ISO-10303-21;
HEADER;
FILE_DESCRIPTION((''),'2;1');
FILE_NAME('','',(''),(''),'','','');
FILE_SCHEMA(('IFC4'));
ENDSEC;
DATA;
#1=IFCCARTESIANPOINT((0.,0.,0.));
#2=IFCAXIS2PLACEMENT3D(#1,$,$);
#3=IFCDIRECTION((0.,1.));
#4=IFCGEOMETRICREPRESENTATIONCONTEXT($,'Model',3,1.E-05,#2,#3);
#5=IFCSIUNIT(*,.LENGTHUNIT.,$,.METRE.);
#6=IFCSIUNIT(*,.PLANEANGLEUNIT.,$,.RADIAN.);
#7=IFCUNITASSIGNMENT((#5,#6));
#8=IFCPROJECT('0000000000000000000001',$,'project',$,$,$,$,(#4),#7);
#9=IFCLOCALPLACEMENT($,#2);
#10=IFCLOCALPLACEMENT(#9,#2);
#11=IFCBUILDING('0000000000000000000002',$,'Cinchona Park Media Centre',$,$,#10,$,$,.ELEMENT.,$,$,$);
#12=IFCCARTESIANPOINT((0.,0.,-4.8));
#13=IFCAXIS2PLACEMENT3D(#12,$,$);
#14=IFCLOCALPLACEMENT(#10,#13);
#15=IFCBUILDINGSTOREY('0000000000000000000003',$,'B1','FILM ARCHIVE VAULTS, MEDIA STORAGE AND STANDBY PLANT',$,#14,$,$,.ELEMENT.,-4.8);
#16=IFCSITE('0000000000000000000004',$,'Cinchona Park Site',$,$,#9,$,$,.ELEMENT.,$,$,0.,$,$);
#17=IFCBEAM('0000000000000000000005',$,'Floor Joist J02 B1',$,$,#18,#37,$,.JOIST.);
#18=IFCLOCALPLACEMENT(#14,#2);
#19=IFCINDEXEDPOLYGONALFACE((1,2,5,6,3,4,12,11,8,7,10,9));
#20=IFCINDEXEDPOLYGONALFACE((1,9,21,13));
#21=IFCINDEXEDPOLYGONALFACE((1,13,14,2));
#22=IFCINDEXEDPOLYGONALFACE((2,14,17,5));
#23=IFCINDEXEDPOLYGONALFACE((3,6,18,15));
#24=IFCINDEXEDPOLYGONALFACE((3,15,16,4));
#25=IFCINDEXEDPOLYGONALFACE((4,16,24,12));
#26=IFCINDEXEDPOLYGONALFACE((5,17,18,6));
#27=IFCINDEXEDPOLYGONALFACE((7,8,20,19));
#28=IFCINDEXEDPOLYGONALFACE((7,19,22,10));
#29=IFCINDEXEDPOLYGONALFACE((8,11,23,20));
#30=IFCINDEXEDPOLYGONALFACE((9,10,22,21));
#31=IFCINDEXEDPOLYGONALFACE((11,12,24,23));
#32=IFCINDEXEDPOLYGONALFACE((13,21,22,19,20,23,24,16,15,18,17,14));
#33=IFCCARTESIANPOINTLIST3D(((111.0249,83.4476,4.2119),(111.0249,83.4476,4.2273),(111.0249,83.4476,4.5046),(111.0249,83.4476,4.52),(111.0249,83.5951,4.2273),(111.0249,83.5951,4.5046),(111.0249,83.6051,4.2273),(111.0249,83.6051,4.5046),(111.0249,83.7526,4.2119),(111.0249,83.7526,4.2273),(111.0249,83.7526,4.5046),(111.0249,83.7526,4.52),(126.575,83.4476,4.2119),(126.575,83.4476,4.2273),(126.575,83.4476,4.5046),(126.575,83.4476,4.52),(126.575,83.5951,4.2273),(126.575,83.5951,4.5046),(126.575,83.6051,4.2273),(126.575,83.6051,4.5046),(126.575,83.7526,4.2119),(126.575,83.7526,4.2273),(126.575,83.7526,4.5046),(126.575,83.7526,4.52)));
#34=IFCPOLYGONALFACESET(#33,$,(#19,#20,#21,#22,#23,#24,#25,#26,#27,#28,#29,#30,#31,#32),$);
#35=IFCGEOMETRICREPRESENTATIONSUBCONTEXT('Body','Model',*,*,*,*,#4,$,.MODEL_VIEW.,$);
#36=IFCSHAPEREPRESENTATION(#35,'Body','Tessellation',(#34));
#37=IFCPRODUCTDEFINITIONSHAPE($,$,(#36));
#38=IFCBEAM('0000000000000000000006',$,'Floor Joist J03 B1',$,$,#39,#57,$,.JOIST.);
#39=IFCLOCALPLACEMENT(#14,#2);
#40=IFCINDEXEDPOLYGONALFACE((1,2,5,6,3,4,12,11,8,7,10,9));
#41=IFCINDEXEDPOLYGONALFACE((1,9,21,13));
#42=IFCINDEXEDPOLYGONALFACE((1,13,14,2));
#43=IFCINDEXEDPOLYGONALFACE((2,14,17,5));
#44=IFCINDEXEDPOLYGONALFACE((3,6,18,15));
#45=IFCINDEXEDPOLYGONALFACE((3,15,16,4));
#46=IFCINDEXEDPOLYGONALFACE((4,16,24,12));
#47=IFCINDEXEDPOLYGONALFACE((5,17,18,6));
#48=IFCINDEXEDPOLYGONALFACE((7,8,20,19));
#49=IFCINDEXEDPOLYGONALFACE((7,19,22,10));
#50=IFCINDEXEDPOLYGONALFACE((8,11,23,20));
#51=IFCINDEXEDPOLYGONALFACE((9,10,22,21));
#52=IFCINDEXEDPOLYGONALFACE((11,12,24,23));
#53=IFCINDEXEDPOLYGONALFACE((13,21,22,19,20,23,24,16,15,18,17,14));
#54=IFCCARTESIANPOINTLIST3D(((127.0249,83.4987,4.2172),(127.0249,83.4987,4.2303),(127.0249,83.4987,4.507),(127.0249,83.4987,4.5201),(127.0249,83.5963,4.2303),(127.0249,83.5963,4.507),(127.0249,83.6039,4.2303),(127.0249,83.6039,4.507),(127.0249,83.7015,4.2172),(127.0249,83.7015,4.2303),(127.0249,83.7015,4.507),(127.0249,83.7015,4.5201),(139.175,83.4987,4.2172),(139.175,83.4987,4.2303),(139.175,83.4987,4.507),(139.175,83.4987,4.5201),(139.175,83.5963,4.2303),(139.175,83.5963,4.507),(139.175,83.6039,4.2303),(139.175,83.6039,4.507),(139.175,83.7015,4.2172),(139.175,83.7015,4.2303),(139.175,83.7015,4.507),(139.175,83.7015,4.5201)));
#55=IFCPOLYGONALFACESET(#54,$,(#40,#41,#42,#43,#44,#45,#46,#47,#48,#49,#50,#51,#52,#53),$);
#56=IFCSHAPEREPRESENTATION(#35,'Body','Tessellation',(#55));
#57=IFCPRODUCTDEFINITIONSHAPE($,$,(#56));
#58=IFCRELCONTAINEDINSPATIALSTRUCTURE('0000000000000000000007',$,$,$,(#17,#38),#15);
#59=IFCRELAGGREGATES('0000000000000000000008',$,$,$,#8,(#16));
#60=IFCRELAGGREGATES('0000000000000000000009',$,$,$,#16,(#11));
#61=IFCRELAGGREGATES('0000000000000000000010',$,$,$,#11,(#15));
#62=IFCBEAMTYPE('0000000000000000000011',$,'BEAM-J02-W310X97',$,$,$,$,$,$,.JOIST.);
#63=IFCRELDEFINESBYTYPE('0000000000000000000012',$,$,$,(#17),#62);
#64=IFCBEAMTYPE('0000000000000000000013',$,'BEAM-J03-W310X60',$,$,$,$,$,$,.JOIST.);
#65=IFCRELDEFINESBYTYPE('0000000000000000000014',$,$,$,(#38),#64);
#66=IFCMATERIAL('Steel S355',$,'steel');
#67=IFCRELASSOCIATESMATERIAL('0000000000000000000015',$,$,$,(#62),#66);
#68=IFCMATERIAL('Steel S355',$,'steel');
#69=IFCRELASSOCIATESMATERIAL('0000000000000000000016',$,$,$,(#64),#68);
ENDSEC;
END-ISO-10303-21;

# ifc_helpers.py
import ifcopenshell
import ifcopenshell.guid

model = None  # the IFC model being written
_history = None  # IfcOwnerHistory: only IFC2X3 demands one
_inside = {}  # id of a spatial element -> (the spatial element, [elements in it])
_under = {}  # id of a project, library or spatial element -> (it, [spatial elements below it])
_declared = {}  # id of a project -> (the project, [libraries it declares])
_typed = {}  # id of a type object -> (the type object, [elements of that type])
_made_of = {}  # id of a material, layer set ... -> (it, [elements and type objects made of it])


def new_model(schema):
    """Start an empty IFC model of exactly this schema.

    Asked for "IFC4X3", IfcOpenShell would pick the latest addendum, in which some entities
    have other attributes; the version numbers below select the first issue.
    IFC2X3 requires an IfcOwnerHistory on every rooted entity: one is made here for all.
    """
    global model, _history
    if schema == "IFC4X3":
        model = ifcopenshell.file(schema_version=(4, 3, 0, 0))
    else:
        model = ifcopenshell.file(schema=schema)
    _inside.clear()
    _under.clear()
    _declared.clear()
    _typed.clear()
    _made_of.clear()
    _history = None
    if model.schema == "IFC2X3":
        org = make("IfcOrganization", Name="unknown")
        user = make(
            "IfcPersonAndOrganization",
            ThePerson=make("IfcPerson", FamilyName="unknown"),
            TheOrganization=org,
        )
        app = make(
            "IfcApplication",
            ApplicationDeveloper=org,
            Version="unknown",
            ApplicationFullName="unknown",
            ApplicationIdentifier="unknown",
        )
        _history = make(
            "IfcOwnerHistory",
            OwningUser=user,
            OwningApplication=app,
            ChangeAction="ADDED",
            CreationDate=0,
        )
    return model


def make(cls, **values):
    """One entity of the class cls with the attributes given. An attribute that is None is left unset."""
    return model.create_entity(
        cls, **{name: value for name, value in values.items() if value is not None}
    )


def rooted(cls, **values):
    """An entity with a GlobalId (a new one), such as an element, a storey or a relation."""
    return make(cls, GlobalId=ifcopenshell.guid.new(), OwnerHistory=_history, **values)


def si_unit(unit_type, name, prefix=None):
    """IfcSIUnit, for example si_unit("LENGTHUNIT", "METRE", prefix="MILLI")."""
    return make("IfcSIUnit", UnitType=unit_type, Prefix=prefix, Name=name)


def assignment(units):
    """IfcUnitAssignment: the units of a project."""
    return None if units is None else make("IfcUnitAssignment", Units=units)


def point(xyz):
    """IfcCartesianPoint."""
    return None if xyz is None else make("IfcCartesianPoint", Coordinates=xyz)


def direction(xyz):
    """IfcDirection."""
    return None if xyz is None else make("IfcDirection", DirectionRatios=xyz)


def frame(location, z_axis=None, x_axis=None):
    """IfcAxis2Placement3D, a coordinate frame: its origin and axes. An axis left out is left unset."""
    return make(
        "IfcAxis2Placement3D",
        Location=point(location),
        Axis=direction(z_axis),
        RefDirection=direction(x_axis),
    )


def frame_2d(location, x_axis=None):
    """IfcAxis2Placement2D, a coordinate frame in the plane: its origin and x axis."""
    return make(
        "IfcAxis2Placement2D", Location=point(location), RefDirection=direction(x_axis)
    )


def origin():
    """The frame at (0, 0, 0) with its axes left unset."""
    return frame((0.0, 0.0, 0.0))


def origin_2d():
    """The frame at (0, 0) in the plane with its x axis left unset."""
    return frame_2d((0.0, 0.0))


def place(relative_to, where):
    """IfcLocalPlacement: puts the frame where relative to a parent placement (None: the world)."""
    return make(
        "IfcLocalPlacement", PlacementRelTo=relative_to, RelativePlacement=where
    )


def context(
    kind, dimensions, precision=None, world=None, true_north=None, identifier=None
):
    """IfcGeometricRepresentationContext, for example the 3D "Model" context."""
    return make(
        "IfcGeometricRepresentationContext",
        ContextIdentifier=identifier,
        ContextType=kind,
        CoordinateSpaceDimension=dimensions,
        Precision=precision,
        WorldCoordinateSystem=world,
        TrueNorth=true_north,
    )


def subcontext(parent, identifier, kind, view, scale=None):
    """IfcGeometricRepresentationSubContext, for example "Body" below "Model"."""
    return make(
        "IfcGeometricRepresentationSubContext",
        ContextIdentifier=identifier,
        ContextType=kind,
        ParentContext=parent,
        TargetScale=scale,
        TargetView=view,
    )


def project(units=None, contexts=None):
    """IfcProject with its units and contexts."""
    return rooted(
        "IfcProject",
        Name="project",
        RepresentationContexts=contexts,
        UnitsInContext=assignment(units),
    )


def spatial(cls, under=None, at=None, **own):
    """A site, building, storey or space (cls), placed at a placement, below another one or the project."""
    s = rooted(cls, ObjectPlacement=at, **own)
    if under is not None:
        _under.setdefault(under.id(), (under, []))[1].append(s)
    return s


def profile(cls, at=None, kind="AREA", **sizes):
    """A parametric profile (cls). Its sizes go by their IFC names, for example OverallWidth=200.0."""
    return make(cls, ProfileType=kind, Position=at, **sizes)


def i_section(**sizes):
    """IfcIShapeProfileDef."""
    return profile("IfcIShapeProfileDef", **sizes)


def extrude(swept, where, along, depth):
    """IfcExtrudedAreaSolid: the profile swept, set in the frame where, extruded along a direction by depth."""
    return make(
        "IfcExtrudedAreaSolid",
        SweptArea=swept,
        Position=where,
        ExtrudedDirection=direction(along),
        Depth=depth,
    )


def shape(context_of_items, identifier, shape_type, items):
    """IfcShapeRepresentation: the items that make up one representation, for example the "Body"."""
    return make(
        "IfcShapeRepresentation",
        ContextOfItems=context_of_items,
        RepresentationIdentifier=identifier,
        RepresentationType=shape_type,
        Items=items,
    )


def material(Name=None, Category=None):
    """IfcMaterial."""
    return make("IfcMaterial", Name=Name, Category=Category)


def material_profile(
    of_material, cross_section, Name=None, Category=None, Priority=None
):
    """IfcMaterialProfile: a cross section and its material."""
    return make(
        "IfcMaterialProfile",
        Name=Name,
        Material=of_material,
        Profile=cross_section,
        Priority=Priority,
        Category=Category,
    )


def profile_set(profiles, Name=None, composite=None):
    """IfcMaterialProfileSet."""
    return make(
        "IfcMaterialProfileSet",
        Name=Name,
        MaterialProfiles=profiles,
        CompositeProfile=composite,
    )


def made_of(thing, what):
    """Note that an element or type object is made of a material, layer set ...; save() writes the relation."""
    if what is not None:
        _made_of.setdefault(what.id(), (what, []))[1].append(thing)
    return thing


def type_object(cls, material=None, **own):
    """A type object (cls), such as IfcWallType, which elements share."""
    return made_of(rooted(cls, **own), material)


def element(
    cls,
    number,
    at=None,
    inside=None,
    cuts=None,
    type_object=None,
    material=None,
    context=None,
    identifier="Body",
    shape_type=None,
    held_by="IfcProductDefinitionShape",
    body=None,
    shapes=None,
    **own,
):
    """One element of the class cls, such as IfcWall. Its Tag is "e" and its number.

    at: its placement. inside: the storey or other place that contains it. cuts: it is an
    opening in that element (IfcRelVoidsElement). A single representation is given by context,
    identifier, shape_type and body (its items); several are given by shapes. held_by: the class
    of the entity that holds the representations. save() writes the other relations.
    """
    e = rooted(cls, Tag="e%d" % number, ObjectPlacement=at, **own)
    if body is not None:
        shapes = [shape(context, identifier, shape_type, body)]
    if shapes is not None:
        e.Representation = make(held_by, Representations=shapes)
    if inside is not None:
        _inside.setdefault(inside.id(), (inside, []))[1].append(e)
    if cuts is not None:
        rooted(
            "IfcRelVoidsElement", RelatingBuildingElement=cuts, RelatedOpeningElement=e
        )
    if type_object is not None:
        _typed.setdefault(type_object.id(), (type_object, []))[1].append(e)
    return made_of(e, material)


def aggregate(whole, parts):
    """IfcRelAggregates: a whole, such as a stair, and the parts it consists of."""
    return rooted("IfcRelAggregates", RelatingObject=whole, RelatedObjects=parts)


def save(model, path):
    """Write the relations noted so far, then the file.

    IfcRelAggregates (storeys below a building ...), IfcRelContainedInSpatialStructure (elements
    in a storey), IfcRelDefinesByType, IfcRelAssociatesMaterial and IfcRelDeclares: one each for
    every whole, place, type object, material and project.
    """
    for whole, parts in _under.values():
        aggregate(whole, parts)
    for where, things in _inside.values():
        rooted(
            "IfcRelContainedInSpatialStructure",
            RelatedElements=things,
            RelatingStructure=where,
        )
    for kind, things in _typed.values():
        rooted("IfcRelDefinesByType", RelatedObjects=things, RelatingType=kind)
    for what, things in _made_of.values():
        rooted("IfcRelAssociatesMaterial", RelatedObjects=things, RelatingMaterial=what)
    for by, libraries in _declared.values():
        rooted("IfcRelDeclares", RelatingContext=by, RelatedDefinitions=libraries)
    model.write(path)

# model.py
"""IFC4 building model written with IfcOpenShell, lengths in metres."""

from ifc_helpers import new_model, si_unit, direction, frame, origin, origin_2d, place, context, subcontext, project, spatial, i_section, extrude, material, material_profile, profile_set, type_object, element, save


model = new_model("IFC4")

# Units and contexts
model_context = context("Model", 3, precision=1e-05, world=origin(), true_north=direction((0.0, 1.0)))
body_context = subcontext(model_context, "Body", "Model", "MODEL_VIEW")
ifc_project = project(units=[si_unit("LENGTHUNIT", "METRE"), si_unit("PLANEANGLEUNIT", "RADIAN")], contexts=[model_context])

# Site, building, storey
site_placement = place(None, origin())
site = spatial("IfcSite", under=ifc_project, at=site_placement, Name="Cinchona Park Site", CompositionType="ELEMENT", RefElevation=0.0)
building_placement = place(site_placement, origin())
building = spatial("IfcBuilding", under=site, at=building_placement, Name="Cinchona Park Media Centre", CompositionType="ELEMENT")
storey_placement = place(building_placement, frame((0.0, 0.0, -4.8)))
storey = spatial("IfcBuildingStorey", under=building, at=storey_placement, Name="B1", Description="FILM ARCHIVE VAULTS, MEDIA STORAGE AND STANDBY PLANT", CompositionType="ELEMENT", Elevation=-4.8)

# Beams
ifc_material_1 = material(Name="Steel S355", Category="steel")
ifc_material_profile_1 = material_profile(ifc_material_1, i_section(OverallWidth=0.3049, OverallDepth=0.3081, WebThickness=0.01, FlangeThickness=0.0154, at=origin_2d()), Name="W310X97")
ifc_profile_set_1 = profile_set([ifc_material_profile_1], Name="Steel S355")
beam_type_1 = type_object("IfcBeamType", Name="BEAM-J02-W310X97", PredefinedType="JOIST", material=ifc_profile_set_1)
beam_1_placement = place(storey_placement, frame((111.0249, 83.6001, 4.366), z_axis=(1.0, 0.0, 0.0), x_axis=(0.0, 1.0, 0.0)))
element("IfcBeam", 1, at=beam_1_placement, inside=storey, type_object=beam_type_1, Name="Floor Joist J02 B1", PredefinedType="JOIST", context=body_context, shape_type="SweptSolid", body=[
    extrude(i_section(OverallWidth=0.3049, OverallDepth=0.3081, WebThickness=0.01, FlangeThickness=0.0154, at=origin_2d()), origin(), (0.0, 0.0, 1.0), 15.55),
])
ifc_material_2 = material(Name="Steel S355", Category="steel")
ifc_material_profile_2 = material_profile(ifc_material_2, i_section(OverallWidth=0.2029, OverallDepth=0.303, WebThickness=0.0076, FlangeThickness=0.0132, at=origin_2d()), Name="W310X60")
ifc_profile_set_2 = profile_set([ifc_material_profile_2], Name="Steel S355")
beam_type_2 = type_object("IfcBeamType", Name="BEAM-J03-W310X60", PredefinedType="JOIST", material=ifc_profile_set_2)
beam_2_placement = place(storey_placement, frame((127.0249, 83.6001, 4.3687), z_axis=(1.0, 0.0, 0.0), x_axis=(0.0, 1.0, 0.0)))
element("IfcBeam", 2, at=beam_2_placement, inside=storey, type_object=beam_type_2, Name="Floor Joist J03 B1", PredefinedType="JOIST", context=body_context, shape_type="SweptSolid", body=[
    extrude(i_section(OverallWidth=0.2029, OverallDepth=0.303, WebThickness=0.0076, FlangeThickness=0.0132, at=origin_2d()), origin(), (0.0, 0.0, 1.0), 12.1501),
])

save(model, "model.ifc")
